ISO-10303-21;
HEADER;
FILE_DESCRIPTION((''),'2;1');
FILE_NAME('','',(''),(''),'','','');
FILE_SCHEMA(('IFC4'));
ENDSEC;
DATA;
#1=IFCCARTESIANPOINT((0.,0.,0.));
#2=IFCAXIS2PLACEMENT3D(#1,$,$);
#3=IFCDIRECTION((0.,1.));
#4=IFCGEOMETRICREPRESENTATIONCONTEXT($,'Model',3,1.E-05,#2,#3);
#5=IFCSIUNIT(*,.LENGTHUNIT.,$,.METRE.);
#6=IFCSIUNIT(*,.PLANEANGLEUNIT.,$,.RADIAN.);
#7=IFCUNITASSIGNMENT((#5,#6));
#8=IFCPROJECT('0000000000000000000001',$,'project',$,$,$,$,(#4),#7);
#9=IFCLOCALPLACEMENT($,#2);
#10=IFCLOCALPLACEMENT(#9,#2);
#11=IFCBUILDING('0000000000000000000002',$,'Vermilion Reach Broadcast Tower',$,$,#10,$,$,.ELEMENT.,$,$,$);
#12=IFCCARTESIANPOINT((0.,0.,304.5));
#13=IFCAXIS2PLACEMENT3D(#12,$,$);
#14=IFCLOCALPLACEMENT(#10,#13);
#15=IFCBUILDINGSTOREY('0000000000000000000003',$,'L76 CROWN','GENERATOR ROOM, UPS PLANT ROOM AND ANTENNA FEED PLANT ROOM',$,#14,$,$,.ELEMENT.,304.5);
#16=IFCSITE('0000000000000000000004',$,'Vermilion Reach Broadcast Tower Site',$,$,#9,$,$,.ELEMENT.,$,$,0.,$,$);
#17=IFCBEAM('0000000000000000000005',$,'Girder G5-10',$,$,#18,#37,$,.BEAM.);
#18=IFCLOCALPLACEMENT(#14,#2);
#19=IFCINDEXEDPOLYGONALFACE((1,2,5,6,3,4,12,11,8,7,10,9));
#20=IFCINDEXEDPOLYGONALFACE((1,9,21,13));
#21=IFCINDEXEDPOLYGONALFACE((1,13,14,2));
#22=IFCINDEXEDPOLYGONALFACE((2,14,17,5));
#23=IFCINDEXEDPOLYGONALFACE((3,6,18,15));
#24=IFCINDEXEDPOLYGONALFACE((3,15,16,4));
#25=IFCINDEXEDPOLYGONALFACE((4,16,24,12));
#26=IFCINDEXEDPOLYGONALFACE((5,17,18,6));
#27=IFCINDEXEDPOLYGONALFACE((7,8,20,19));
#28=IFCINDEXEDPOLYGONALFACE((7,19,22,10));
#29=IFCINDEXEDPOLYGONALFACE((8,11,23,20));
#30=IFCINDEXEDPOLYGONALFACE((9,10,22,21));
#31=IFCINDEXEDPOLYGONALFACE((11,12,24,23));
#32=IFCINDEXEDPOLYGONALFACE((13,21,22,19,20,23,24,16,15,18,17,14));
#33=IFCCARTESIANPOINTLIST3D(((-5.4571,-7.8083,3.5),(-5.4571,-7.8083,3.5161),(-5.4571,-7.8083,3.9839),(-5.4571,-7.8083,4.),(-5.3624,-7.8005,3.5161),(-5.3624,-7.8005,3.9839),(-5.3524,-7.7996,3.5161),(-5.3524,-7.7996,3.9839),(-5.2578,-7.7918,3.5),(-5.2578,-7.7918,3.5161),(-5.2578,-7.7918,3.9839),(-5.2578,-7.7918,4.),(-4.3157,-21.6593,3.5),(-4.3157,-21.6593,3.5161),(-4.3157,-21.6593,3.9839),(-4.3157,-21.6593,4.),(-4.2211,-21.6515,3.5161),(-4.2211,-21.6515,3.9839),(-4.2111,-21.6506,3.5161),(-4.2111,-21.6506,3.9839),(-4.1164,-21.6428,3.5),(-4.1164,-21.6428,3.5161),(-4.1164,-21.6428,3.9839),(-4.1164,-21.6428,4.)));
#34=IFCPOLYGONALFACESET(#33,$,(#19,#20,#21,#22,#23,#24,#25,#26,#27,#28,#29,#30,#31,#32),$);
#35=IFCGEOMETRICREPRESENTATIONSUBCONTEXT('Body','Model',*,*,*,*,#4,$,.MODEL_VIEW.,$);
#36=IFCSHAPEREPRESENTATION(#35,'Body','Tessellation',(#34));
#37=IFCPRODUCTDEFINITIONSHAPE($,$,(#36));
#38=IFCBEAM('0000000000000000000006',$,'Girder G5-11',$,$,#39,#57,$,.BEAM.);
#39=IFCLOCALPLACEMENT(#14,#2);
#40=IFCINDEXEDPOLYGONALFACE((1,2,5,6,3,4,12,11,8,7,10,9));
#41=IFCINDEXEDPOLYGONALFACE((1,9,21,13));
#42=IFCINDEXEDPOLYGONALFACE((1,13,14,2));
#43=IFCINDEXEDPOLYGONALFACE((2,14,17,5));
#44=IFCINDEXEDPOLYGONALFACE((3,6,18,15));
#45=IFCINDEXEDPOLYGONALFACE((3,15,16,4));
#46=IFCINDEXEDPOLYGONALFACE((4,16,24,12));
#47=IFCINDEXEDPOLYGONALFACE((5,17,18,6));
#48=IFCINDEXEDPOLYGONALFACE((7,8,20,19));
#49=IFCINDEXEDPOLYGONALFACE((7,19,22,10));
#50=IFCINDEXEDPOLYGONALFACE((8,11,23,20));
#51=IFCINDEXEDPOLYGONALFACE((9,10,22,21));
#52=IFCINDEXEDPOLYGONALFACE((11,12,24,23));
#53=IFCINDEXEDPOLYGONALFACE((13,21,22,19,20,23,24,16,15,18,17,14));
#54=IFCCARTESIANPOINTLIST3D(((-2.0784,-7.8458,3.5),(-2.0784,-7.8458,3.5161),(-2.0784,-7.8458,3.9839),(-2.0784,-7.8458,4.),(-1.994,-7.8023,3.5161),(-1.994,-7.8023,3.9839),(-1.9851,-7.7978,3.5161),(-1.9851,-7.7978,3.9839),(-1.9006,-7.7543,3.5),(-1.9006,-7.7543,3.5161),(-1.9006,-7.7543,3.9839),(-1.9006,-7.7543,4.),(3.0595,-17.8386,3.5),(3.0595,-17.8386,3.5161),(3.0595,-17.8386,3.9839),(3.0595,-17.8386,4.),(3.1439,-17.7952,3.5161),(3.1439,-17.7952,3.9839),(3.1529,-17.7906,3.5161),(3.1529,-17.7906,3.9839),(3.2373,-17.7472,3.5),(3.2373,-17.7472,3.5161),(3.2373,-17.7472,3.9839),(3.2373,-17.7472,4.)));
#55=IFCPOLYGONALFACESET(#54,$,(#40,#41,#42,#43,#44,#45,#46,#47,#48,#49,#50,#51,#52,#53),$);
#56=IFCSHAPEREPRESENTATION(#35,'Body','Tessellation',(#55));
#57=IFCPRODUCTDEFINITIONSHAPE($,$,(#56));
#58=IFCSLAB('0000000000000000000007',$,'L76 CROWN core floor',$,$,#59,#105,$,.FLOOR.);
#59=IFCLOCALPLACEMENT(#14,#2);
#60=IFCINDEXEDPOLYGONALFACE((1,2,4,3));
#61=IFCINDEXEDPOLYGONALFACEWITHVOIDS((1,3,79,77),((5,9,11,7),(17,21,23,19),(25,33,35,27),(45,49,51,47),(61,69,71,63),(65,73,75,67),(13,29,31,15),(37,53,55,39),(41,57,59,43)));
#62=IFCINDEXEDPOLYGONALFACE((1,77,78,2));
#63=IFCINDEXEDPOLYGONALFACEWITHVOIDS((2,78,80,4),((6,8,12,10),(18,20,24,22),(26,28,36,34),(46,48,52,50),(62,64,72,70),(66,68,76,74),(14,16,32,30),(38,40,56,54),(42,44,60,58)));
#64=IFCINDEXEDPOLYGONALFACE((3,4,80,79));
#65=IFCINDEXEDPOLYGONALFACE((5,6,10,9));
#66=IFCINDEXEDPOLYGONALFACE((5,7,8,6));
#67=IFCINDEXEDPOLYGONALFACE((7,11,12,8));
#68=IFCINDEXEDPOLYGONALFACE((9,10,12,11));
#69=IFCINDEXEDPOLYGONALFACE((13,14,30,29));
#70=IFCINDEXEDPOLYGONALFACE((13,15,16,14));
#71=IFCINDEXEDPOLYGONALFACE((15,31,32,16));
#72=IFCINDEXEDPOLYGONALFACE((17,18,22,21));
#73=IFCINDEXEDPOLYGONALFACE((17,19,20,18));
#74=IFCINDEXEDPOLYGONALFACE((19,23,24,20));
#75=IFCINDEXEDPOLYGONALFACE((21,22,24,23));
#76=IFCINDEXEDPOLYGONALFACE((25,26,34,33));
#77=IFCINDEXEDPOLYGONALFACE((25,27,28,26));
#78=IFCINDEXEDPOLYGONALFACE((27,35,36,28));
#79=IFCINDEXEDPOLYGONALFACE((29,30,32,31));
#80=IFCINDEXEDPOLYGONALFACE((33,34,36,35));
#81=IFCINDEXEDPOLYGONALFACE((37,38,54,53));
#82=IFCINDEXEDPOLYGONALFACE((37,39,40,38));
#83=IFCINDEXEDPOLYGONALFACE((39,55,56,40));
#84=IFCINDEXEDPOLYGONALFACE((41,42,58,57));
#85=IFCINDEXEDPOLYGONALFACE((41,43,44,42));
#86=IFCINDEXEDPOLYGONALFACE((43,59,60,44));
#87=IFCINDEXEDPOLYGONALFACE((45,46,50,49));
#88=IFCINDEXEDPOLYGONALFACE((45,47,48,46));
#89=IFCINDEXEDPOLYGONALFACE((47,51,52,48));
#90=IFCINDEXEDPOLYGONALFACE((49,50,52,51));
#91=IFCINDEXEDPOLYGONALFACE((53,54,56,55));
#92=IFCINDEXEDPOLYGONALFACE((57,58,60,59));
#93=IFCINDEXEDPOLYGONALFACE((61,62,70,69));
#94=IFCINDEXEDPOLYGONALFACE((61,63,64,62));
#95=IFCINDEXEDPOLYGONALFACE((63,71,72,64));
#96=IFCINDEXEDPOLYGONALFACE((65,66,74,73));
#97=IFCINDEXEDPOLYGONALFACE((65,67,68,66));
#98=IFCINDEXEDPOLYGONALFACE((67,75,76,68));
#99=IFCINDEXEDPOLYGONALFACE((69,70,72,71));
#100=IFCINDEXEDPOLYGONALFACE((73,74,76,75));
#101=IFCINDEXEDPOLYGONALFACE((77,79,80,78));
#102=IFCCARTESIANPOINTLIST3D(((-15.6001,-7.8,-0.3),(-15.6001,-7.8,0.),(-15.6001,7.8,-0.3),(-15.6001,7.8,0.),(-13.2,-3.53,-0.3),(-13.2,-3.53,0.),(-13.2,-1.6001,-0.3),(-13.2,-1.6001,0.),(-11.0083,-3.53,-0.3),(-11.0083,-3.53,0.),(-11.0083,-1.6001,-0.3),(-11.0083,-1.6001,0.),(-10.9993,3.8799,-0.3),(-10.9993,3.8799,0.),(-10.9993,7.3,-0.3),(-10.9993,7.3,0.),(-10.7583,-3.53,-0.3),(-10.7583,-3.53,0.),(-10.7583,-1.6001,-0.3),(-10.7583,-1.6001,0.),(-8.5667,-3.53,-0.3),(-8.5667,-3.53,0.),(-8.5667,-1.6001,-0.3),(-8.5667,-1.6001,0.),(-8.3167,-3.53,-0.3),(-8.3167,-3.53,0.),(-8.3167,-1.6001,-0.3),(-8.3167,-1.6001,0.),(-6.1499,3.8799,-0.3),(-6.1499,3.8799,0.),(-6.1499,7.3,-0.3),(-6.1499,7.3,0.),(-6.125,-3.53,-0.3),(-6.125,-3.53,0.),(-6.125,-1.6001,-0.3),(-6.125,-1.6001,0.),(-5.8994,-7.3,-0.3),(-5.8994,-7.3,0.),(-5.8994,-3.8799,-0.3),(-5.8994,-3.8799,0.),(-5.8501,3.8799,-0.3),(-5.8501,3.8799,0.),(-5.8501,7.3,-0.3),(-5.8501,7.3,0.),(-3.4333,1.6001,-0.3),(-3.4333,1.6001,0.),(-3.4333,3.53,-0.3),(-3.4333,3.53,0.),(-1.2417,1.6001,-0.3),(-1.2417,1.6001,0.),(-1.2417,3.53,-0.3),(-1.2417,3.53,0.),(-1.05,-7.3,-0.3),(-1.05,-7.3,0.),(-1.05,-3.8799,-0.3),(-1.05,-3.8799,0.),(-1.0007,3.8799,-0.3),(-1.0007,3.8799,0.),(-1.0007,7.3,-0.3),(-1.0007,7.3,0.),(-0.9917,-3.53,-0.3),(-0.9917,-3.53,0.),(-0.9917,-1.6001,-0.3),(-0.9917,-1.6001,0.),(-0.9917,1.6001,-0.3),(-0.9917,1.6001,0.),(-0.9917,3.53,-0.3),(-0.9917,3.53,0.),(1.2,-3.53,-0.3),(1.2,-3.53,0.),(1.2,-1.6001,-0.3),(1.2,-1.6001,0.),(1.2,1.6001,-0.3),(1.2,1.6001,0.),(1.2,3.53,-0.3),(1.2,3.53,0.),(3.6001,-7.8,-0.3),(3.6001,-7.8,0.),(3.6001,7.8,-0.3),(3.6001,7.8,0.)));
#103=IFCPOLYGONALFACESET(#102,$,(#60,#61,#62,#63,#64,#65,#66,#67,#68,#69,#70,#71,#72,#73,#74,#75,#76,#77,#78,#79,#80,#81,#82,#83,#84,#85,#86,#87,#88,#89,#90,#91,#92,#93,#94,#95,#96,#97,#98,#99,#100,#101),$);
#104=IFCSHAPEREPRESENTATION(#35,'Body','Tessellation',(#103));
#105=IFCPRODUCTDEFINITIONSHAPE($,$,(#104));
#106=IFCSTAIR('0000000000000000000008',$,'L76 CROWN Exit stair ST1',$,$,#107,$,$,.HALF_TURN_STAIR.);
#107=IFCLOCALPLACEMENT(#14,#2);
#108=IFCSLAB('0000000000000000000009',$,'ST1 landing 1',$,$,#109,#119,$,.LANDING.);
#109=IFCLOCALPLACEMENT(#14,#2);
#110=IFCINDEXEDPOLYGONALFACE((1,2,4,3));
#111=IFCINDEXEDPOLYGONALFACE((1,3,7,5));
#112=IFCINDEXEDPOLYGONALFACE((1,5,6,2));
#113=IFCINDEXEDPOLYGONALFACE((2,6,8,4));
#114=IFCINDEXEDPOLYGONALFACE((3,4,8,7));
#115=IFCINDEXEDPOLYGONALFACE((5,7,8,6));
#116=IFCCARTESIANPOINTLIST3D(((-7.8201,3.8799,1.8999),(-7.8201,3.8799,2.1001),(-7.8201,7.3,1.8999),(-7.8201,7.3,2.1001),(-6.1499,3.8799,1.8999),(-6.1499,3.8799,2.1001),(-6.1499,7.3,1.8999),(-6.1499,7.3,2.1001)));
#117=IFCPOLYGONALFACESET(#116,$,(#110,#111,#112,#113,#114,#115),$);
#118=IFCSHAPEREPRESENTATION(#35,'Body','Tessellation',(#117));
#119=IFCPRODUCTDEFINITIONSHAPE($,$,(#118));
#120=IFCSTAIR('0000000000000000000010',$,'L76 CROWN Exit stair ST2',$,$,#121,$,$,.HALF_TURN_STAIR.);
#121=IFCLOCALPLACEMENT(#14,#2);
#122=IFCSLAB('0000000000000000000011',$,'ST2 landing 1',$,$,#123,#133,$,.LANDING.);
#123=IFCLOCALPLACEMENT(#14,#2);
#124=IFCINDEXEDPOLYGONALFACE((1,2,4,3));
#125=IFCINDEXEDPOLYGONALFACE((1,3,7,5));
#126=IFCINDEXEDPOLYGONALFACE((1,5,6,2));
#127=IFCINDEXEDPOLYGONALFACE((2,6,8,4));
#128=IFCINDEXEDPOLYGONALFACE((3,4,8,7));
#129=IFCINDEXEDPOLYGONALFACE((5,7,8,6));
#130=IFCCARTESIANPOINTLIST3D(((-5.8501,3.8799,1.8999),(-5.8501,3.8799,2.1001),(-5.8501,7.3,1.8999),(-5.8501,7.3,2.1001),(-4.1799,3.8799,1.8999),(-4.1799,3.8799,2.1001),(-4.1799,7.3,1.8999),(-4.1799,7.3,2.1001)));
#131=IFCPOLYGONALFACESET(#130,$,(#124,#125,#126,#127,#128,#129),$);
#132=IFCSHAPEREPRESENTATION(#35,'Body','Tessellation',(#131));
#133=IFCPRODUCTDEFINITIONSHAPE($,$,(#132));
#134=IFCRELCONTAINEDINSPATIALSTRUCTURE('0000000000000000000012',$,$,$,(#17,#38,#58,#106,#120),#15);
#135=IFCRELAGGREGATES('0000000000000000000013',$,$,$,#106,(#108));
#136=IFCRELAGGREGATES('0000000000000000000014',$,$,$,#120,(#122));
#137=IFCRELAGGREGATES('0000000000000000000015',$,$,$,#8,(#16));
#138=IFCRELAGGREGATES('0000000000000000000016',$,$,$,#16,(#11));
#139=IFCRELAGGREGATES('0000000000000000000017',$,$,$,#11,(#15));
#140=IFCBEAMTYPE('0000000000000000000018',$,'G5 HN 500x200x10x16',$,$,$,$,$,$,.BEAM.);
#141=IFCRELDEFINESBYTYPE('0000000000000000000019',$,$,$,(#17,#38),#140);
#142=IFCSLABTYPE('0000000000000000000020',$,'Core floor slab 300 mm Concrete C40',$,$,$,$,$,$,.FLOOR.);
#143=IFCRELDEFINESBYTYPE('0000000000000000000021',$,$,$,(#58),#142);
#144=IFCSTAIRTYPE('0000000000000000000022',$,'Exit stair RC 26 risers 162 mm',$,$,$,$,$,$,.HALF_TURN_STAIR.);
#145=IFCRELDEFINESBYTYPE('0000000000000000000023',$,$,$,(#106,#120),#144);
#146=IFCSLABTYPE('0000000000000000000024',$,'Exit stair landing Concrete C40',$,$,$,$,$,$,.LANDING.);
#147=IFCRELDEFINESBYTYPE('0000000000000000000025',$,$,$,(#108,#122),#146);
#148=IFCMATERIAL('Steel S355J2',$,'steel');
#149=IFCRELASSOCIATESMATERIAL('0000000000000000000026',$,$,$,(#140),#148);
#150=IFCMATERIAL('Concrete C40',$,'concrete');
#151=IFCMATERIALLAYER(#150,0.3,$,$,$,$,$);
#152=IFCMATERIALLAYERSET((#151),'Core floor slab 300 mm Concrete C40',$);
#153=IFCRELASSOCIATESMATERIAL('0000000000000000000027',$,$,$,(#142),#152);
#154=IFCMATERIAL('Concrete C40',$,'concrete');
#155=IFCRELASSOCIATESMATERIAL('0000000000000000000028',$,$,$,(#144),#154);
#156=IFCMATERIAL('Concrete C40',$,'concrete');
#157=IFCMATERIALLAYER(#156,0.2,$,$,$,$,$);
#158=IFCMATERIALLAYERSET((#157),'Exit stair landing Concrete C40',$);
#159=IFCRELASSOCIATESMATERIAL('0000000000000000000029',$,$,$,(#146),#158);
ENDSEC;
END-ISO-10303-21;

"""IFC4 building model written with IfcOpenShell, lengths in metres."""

from ifc_helpers import new_model, si_unit, direction, frame, origin, origin_2d, place, context, subcontext, project, spatial, polyline, i_section, outline, extrude, material, layer, layer_set, material_profile, profile_set, type_object, element, aggregate, save


model = new_model("IFC4")

# Units and contexts
model_context = context("Model", 3, precision=1e-05, world=origin(), true_north=direction((0.0, 1.0)))
body_context = subcontext(model_context, "Body", "Model", "MODEL_VIEW")
ifc_project = project(units=[si_unit("LENGTHUNIT", "METRE"), si_unit("PLANEANGLEUNIT", "RADIAN")], contexts=[model_context])

# Site, building, storey
site_placement = place(None, origin())
site = spatial("IfcSite", under=ifc_project, at=site_placement, Name="Vermilion Reach Broadcast Tower Site", CompositionType="ELEMENT", RefElevation=0.0)
building_placement = place(site_placement, origin())
building = spatial("IfcBuilding", under=site, at=building_placement, Name="Vermilion Reach Broadcast Tower", CompositionType="ELEMENT")
storey_placement = place(building_placement, frame((0.0, 0.0, 304.5)))
storey = spatial("IfcBuildingStorey", under=building, at=storey_placement, Name="L76 CROWN", Description="GENERATOR ROOM, UPS PLANT ROOM AND ANTENNA FEED PLANT ROOM", CompositionType="ELEMENT", Elevation=304.5)

# Beams
ifc_material_1 = material(Name="Steel S355J2", Category="steel")
ifc_material_profile = material_profile(ifc_material_1, i_section(OverallWidth=0.2, OverallDepth=0.5, WebThickness=0.01, FlangeThickness=0.0161, at=origin_2d()), Name="S355J2 HN 500x200x10x16")
ifc_profile_set = profile_set([ifc_material_profile], Name="Steel S355J2")
beam_type = type_object("IfcBeamType", Name="G5 HN 500x200x10x16", PredefinedType="BEAM", material=ifc_profile_set)
beam_1_placement = place(storey_placement, frame((-5.3574, -7.8, 3.75), z_axis=(0.082124, -0.996622, 0.0), x_axis=(0.996622, 0.082124, 0.0)))
element("IfcBeam", 1, at=beam_1_placement, inside=storey, type_object=beam_type, Name="Girder G5-10", PredefinedType="BEAM", context=body_context, shape_type="SweptSolid", body=[
    extrude(i_section(OverallWidth=0.2, OverallDepth=0.5, WebThickness=0.01, FlangeThickness=0.0161, at=origin_2d()), origin(), (0.0, 0.0, 1.0), 13.8979),
])
beam_2_placement = place(storey_placement, frame((-1.9895, -7.8, 3.75), z_axis=(0.457258, -0.889334, 0.0), x_axis=(0.889334, 0.457258, 0.0)))
element("IfcBeam", 2, at=beam_2_placement, inside=storey, type_object=beam_type, Name="Girder G5-11", PredefinedType="BEAM", context=body_context, shape_type="SweptSolid", body=[
    extrude(i_section(OverallWidth=0.2, OverallDepth=0.5, WebThickness=0.01, FlangeThickness=0.0161, at=origin_2d()), origin(), (0.0, 0.0, 1.0), 11.2363),
])

# Slab
ifc_material_2 = material(Name="Concrete C40", Category="concrete")
ifc_layer_1 = layer(ifc_material_2, 0.3)
ifc_layer_set_1 = layer_set([ifc_layer_1], Name="Core floor slab 300 mm Concrete C40")
slab_type_1 = type_object("IfcSlabType", Name="Core floor slab 300 mm Concrete C40", PredefinedType="FLOOR", material=ifc_layer_set_1)
slab_1_placement = place(storey_placement, frame((0.0, 0.0, -0.3)))
element("IfcSlab", 3, at=slab_1_placement, inside=storey, type_object=slab_type_1, Name="L76 CROWN core floor", PredefinedType="FLOOR", context=body_context, shape_type="SweptSolid", body=[
    extrude(outline(polyline([(-15.6001, -7.8), (3.6001, -7.8), (3.6001, 7.8), (-15.6001, 7.8), (-15.6001, -7.8)]), holes=[polyline([(-3.4333, 1.6001), (-1.2417, 1.6001), (-1.2417, 3.53), (-3.4333, 3.53), (-3.4333, 1.6001)]), polyline([(-0.9917, 1.6001), (1.2, 1.6001), (1.2, 3.53), (-0.9917, 3.53), (-0.9917, 1.6001)]), polyline([(-13.2, -3.53), (-11.0083, -3.53), (-11.0083, -1.6001), (-13.2, -1.6001), (-13.2, -3.53)]), polyline([(-10.7583, -3.53), (-8.5667, -3.53), (-8.5667, -1.6001), (-10.7583, -1.6001), (-10.7583, -3.53)]), polyline([(-8.3167, -3.53), (-6.125, -3.53), (-6.125, -1.6001), (-8.3167, -1.6001), (-8.3167, -3.53)]), polyline([(-0.9917, -3.53), (1.2, -3.53), (1.2, -1.6001), (-0.9917, -1.6001), (-0.9917, -3.53)]), polyline([(-10.9993, 3.8799), (-6.1499, 3.8799), (-6.1499, 7.3), (-10.9993, 7.3), (-10.9993, 3.8799)]), polyline([(-1.0007, 7.3), (-5.8501, 7.3), (-5.8501, 3.8799), (-1.0007, 3.8799), (-1.0007, 7.3)]), polyline([(-5.8994, -7.3), (-1.05, -7.3), (-1.05, -3.8799), (-5.8994, -3.8799), (-5.8994, -7.3)])]), origin(), (0.0, 0.0, 1.0), 0.3),
])

# Stairs, slabs
ifc_material_3 = material(Name="Concrete C40", Category="concrete")
stair_type = type_object("IfcStairType", Name="Exit stair RC 26 risers 162 mm", PredefinedType="HALF_TURN_STAIR", material=ifc_material_3)
placement_1 = place(storey_placement, origin())
stair_1 = element("IfcStair", 4, at=placement_1, inside=storey, type_object=stair_type, Name="L76 CROWN Exit stair ST1", PredefinedType="HALF_TURN_STAIR")
ifc_material_4 = material(Name="Concrete C40", Category="concrete")
ifc_layer_2 = layer(ifc_material_4, 0.2)
ifc_layer_set_2 = layer_set([ifc_layer_2], Name="Exit stair landing Concrete C40")
slab_type_2 = type_object("IfcSlabType", Name="Exit stair landing Concrete C40", PredefinedType="LANDING", material=ifc_layer_set_2)
placement_2 = place(storey_placement, frame((0.0, 0.0, 1.8999)))
slab_2 = element("IfcSlab", 5, at=placement_2, type_object=slab_type_2, Name="ST1 landing 1", PredefinedType="LANDING", context=body_context, shape_type="SweptSolid", body=[
    extrude(outline(polyline([(-7.8201, 3.8799), (-6.1499, 3.8799), (-6.1499, 7.3), (-7.8201, 7.3), (-7.8201, 3.8799)])), origin(), (0.0, 0.0, 1.0), 0.2002),
])
aggregate(stair_1, [slab_2])
stair_2 = element("IfcStair", 6, at=placement_1, inside=storey, type_object=stair_type, Name="L76 CROWN Exit stair ST2", PredefinedType="HALF_TURN_STAIR")
slab_3 = element("IfcSlab", 7, at=placement_2, type_object=slab_type_2, Name="ST2 landing 1", PredefinedType="LANDING", context=body_context, shape_type="SweptSolid", body=[
    extrude(outline(polyline([(-4.1799, 7.3), (-5.8501, 7.3), (-5.8501, 3.8799), (-4.1799, 3.8799), (-4.1799, 7.3)])), origin(), (0.0, 0.0, 1.0), 0.2002),
])
aggregate(stair_2, [slab_3])

save(model, "model.ifc")
